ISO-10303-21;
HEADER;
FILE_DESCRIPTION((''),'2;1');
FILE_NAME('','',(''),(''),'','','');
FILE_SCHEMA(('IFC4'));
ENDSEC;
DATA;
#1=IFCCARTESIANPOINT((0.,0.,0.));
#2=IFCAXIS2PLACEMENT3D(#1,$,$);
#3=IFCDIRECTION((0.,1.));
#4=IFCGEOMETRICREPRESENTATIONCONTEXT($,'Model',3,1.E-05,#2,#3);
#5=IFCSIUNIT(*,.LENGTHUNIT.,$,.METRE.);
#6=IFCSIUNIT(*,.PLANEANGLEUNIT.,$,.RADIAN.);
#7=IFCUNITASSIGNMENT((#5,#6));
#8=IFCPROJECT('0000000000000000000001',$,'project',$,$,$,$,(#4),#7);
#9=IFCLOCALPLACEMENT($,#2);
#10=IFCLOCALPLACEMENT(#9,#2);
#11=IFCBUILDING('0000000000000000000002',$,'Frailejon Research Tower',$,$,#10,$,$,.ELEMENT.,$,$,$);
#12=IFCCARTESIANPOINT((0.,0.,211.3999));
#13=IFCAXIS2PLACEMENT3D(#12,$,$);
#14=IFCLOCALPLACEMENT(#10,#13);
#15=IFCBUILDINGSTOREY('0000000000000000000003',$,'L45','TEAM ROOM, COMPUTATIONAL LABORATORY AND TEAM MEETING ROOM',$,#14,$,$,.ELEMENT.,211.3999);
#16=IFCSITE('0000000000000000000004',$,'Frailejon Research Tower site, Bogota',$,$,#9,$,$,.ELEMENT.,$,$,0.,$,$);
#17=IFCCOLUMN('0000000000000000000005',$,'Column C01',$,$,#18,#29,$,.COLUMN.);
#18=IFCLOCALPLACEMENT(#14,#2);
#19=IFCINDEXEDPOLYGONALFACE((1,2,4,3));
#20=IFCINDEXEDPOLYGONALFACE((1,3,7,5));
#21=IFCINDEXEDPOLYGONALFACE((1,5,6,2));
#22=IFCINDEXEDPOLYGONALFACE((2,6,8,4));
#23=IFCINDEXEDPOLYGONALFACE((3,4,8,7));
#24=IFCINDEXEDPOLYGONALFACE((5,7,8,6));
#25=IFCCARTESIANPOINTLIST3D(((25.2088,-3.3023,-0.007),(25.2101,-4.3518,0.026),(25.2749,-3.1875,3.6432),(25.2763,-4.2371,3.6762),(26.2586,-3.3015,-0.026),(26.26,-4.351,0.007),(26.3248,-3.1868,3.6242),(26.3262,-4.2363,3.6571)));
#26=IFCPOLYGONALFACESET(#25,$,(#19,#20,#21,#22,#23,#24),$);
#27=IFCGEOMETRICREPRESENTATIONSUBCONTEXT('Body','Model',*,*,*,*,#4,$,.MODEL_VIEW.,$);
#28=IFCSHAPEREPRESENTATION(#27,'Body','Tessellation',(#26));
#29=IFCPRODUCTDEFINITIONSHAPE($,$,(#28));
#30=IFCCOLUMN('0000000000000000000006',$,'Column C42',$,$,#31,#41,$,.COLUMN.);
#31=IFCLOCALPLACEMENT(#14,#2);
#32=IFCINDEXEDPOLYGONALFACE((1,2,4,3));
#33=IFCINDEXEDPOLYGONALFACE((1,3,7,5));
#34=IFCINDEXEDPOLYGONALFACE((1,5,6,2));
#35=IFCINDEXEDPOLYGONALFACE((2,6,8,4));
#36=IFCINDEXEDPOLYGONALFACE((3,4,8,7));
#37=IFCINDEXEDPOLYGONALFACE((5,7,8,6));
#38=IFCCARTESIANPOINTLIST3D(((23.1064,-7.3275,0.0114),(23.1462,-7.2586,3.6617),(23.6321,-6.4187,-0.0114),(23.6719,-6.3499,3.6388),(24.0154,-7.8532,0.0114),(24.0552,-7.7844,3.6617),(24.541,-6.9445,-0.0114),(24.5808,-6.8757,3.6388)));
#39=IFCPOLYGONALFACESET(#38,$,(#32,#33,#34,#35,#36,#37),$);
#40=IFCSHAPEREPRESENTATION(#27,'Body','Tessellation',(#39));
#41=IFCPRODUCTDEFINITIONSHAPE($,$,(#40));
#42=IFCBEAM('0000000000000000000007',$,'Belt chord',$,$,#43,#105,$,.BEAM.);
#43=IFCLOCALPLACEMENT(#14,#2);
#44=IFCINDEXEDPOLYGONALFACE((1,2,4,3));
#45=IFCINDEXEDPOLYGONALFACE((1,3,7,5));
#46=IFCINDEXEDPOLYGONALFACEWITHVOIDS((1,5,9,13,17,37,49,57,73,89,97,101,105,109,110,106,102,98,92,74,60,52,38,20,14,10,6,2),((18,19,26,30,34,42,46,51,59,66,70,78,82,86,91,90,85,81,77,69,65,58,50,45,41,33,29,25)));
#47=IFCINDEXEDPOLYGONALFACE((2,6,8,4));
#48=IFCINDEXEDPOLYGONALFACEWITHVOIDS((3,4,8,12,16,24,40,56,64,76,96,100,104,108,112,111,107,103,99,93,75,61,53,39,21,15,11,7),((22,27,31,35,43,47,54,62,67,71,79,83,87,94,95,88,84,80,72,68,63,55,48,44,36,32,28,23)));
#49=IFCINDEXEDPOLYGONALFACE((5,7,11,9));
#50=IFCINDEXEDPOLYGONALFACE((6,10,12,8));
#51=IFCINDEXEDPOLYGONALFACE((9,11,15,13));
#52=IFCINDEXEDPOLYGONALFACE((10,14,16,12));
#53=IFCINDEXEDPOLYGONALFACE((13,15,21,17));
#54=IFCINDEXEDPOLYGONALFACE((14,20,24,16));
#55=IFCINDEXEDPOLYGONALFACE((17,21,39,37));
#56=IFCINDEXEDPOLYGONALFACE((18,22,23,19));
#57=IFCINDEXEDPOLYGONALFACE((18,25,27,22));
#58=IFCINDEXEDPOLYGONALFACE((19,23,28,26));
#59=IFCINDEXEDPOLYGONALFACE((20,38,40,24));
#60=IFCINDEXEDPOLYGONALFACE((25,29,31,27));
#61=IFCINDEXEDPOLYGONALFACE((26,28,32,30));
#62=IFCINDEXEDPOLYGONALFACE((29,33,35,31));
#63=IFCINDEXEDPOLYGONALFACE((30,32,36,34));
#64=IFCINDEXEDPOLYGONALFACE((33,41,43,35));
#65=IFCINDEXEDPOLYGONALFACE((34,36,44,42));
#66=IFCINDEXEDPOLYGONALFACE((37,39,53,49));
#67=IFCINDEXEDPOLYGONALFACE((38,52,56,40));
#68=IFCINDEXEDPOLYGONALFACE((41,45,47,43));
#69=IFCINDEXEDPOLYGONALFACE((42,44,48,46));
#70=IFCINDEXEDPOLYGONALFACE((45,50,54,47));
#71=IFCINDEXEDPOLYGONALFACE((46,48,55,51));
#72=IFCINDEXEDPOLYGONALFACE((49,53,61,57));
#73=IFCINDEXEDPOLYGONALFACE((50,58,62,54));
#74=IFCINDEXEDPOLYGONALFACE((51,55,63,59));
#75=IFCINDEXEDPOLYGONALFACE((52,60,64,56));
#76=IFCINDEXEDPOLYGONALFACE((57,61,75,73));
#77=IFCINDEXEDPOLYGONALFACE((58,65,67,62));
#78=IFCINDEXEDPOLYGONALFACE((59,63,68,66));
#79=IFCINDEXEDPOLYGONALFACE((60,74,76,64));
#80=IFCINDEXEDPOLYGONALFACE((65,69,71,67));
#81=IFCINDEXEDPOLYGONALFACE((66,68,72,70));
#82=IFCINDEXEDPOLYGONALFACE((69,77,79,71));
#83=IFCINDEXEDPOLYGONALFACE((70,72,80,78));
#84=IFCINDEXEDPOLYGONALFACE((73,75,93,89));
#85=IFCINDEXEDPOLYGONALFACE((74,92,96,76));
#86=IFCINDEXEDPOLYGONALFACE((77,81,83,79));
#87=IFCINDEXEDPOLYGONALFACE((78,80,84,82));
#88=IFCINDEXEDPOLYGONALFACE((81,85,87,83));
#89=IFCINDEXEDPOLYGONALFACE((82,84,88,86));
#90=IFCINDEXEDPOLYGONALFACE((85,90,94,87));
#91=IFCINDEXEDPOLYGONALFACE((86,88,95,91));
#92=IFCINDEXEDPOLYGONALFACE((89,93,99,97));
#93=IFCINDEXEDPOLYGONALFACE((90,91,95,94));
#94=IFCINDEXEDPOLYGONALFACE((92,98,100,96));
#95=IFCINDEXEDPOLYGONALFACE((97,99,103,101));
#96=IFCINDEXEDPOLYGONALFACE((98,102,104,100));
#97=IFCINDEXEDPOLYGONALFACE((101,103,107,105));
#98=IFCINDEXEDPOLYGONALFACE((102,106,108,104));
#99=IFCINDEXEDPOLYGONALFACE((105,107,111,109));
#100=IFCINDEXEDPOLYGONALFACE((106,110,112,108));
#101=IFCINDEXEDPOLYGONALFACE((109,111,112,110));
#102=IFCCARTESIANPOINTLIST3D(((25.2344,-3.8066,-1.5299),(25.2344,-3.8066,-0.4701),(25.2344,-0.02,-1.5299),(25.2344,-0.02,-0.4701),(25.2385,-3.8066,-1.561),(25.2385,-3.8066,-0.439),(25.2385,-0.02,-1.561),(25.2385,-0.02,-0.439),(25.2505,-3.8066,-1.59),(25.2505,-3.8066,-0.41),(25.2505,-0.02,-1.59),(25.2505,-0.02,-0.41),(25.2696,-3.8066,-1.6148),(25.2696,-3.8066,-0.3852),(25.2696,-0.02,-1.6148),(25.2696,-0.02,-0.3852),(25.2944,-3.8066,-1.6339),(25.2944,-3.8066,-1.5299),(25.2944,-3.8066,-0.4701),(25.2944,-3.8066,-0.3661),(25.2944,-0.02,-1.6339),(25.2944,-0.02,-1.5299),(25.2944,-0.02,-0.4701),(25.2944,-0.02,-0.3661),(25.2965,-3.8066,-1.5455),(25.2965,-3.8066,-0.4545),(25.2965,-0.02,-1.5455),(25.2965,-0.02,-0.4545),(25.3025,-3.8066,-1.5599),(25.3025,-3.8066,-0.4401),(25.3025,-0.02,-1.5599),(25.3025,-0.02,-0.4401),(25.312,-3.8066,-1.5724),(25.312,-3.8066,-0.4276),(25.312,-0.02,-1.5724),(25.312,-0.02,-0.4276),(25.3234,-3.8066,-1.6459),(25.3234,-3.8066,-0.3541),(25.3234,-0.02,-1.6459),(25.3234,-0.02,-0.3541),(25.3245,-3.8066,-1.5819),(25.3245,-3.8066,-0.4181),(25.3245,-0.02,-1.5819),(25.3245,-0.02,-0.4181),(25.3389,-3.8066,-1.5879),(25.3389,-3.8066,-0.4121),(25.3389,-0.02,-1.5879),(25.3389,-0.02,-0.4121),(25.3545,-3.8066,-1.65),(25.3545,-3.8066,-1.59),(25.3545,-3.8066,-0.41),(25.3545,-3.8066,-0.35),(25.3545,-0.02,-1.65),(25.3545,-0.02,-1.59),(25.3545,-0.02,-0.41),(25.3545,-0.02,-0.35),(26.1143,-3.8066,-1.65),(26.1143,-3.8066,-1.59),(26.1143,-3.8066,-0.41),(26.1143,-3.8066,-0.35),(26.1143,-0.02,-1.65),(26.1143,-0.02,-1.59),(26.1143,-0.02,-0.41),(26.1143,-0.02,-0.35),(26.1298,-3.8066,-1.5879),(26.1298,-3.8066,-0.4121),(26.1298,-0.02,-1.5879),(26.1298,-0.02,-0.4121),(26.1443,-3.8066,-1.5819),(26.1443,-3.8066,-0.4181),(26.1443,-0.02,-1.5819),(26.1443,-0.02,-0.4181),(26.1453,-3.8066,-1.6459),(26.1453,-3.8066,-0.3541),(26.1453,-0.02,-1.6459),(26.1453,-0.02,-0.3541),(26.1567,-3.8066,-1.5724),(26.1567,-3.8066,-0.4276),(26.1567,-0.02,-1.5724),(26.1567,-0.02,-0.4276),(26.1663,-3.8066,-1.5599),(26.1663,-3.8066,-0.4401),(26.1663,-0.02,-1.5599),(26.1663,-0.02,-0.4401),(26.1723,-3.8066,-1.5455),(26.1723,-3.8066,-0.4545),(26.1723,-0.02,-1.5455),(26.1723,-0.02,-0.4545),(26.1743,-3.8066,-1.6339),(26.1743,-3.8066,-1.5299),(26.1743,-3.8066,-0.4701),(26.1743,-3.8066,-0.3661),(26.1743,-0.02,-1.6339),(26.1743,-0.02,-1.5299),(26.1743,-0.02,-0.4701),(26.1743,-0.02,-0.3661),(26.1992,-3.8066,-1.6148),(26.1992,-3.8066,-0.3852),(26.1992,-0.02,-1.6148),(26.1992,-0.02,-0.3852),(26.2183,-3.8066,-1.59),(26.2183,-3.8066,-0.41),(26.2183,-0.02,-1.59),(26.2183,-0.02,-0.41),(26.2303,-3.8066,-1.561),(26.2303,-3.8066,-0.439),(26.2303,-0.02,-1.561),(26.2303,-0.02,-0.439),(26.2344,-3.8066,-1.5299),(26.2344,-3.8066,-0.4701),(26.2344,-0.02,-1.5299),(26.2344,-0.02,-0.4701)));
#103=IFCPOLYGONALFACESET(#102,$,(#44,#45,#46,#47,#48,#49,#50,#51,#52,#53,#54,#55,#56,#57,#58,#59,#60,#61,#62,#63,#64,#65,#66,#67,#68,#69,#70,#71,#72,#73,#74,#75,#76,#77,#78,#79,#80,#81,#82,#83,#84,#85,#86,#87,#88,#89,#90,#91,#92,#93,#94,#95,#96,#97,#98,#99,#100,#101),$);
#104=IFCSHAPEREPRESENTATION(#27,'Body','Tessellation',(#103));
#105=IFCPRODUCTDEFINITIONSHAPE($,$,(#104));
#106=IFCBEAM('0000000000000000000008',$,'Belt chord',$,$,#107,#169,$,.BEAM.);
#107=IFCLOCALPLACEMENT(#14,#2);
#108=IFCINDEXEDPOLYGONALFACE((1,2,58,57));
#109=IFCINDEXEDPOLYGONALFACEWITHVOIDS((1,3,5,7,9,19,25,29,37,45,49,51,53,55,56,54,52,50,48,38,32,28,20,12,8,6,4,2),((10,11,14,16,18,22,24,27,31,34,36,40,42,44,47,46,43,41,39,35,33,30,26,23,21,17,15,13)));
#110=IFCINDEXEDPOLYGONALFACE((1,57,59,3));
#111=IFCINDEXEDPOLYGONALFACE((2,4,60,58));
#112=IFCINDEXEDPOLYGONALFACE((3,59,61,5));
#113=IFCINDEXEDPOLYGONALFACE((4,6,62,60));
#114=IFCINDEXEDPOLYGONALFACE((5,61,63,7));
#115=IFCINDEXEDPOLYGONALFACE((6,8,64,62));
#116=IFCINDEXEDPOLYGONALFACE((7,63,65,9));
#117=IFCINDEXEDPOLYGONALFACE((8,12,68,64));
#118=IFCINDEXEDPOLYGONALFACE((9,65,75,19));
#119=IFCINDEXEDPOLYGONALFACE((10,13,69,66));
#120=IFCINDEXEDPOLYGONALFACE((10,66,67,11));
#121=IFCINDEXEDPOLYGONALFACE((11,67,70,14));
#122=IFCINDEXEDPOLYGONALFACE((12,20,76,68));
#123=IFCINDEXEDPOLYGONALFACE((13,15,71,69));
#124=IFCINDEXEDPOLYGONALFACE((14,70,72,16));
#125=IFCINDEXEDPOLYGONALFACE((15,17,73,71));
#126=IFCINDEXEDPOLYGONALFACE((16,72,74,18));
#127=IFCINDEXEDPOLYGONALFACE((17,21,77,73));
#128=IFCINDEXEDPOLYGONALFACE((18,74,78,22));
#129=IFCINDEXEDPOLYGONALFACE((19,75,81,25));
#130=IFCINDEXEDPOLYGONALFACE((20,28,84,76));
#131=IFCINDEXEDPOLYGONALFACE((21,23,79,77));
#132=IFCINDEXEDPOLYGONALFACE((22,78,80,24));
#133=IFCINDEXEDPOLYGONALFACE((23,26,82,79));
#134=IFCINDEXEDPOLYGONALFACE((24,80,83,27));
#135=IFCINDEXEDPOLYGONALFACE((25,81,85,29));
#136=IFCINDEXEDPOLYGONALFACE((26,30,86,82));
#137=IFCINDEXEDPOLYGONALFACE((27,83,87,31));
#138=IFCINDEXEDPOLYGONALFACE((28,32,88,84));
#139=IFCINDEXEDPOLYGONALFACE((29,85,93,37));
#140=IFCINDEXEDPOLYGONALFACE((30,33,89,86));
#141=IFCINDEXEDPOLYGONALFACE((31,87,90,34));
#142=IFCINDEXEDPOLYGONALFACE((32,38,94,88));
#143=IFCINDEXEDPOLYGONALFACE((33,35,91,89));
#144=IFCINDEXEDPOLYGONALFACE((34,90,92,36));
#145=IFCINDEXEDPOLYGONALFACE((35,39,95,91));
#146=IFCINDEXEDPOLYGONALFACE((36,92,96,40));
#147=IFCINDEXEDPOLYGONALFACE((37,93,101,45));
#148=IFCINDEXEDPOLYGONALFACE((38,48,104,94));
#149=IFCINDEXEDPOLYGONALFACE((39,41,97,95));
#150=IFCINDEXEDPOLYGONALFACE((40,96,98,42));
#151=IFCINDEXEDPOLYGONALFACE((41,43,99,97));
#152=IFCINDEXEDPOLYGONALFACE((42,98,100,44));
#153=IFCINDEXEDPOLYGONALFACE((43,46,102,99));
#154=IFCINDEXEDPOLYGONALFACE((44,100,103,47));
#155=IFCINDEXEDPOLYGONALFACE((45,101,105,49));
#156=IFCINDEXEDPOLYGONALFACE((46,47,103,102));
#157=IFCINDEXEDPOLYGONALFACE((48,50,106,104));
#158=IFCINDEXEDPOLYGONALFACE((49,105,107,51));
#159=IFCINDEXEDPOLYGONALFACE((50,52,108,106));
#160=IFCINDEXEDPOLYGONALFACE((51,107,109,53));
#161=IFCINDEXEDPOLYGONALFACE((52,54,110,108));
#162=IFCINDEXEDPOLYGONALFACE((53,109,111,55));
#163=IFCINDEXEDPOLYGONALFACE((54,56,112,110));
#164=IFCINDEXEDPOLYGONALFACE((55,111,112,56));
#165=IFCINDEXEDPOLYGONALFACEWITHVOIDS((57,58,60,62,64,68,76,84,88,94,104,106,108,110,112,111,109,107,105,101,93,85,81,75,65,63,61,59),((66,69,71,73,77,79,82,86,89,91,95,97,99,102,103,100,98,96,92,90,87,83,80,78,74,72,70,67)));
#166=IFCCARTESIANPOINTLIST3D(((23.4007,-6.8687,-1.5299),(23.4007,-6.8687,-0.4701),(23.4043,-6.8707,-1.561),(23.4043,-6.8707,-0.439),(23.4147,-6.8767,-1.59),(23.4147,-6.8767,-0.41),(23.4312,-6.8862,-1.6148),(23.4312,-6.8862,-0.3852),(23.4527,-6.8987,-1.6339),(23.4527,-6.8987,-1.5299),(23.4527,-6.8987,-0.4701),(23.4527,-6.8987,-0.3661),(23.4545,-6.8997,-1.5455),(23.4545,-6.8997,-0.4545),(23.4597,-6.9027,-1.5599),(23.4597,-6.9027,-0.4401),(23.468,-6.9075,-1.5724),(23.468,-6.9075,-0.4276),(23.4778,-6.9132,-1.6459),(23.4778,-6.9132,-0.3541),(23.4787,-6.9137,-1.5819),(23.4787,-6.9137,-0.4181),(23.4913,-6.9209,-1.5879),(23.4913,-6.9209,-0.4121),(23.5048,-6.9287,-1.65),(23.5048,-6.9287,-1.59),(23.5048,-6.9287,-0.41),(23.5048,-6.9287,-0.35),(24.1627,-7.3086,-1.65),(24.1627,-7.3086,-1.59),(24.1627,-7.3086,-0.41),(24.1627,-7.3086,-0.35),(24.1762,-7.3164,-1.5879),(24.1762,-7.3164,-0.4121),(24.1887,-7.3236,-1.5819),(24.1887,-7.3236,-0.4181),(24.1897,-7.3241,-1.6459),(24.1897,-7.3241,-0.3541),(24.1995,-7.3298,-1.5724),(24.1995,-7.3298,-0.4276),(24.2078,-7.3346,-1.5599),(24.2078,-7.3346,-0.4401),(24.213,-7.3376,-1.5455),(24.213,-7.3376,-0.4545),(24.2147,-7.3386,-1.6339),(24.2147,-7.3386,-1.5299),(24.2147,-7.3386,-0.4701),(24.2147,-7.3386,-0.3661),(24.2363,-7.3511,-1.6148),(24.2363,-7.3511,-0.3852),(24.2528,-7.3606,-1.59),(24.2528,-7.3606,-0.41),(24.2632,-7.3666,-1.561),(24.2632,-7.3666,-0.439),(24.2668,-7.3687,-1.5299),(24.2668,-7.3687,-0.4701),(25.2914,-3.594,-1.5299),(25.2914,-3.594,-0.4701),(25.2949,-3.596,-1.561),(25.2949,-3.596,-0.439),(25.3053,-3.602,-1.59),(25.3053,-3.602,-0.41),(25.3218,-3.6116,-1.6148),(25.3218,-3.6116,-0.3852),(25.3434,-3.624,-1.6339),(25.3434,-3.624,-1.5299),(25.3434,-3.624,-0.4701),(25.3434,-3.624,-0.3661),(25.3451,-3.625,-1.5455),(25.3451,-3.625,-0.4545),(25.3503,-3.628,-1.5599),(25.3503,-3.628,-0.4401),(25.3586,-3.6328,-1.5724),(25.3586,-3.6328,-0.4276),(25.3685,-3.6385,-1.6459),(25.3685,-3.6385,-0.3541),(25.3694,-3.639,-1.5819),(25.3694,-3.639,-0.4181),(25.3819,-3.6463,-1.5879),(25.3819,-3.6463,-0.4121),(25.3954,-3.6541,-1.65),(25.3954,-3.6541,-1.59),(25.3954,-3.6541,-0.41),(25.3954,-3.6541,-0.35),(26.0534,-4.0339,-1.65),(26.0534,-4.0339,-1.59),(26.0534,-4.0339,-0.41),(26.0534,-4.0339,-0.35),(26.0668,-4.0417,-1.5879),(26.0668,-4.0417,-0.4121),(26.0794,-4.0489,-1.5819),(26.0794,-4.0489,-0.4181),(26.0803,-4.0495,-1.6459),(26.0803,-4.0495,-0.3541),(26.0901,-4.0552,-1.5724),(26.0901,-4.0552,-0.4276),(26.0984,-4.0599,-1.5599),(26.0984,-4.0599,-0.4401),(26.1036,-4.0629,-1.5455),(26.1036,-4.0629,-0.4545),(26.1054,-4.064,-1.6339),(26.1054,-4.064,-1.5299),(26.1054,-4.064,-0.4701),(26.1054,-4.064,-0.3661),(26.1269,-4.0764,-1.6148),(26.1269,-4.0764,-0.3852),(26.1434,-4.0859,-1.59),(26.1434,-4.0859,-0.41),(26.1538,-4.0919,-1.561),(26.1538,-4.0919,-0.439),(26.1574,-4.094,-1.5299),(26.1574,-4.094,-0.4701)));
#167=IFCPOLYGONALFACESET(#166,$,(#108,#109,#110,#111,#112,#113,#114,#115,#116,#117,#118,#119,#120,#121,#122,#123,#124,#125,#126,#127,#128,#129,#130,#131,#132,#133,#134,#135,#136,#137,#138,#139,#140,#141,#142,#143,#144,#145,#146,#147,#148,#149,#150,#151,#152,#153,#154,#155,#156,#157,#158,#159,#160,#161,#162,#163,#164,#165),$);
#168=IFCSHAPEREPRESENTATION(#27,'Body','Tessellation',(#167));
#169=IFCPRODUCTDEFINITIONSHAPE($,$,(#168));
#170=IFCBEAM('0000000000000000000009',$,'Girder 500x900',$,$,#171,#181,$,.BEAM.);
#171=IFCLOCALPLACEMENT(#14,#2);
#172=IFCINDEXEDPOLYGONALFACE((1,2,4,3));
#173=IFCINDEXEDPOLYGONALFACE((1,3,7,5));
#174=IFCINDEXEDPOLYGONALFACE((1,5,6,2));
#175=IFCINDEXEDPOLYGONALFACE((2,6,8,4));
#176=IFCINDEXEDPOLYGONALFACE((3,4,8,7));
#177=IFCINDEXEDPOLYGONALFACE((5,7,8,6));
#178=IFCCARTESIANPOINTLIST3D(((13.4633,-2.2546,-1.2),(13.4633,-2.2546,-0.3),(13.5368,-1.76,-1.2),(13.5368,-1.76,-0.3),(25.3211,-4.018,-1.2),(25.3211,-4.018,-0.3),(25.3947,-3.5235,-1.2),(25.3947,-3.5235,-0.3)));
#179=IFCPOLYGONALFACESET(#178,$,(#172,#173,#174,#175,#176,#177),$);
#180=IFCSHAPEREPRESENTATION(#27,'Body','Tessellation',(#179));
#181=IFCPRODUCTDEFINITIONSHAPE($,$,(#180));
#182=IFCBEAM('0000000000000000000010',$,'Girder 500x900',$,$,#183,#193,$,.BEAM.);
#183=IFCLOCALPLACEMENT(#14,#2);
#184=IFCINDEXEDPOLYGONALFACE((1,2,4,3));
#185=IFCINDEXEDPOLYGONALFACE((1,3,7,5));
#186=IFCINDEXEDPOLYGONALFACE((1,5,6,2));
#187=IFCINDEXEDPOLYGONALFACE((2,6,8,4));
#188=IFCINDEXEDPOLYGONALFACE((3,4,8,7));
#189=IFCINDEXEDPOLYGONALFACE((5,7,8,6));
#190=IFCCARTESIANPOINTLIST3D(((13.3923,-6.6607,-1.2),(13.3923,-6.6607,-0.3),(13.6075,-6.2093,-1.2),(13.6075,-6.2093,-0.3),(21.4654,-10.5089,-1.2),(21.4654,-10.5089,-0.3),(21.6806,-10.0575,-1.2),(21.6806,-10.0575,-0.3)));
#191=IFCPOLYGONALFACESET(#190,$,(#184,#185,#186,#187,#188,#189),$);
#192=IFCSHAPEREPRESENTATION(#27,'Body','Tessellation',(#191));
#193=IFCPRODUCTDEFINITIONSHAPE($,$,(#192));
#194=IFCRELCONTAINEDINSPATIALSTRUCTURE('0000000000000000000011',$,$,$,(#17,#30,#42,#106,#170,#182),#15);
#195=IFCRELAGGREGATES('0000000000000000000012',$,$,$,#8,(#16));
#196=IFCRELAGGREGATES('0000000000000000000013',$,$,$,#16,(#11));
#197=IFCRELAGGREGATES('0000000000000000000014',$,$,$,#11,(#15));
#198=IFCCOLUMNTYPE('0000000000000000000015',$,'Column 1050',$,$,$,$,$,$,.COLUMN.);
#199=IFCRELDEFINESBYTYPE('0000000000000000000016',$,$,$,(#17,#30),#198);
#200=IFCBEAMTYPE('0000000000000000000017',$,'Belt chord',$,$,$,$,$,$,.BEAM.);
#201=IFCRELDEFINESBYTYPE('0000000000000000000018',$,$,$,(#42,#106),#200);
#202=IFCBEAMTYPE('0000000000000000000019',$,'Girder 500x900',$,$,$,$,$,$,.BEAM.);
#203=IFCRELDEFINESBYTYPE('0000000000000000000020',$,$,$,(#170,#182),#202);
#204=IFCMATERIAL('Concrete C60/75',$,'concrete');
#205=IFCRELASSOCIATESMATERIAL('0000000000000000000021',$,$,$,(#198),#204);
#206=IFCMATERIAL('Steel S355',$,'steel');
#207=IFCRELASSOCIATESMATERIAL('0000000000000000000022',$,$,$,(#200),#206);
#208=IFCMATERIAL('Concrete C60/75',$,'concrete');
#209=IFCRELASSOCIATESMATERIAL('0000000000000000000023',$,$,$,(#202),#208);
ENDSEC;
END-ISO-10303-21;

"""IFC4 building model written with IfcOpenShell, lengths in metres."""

from ifc_helpers import new_model, si_unit, direction, frame, origin, origin_2d, place, context, subcontext, project, spatial, rectangle, hollow_rectangle, extrude, material, material_profile, profile_set, type_object, element, save


model = new_model("IFC4")

# Units and contexts
model_context = context("Model", 3, precision=1e-05, world=origin(), true_north=direction((0.0, 1.0)))
body_context = subcontext(model_context, "Body", "Model", "MODEL_VIEW")
ifc_project = project(units=[si_unit("LENGTHUNIT", "METRE"), si_unit("PLANEANGLEUNIT", "RADIAN")], contexts=[model_context])

# Site, building, storey
site_placement = place(None, origin())
site = spatial("IfcSite", under=ifc_project, at=site_placement, Name="Frailejon Research Tower site, Bogota", CompositionType="ELEMENT", RefElevation=0.0)
building_placement = place(site_placement, origin())
building = spatial("IfcBuilding", under=site, at=building_placement, Name="Frailejon Research Tower", CompositionType="ELEMENT")
storey_placement = place(building_placement, frame((0.0, 0.0, 211.3999)))
storey = spatial("IfcBuildingStorey", under=building, at=storey_placement, Name="L45", Description="TEAM ROOM, COMPUTATIONAL LABORATORY AND TEAM MEETING ROOM", CompositionType="ELEMENT", Elevation=211.3999)

# Columns
ifc_material_1 = material(Name="Concrete C60/75", Category="concrete")
ifc_material_profile_1 = material_profile(ifc_material_1, rectangle(XDim=1.05, YDim=1.05, at=origin_2d()), Name="Column 1050")
ifc_profile_set_1 = profile_set([ifc_material_profile_1], Name="Concrete C60/75")
column_type = type_object("IfcColumnType", Name="Column 1050", PredefinedType="COLUMN", material=ifc_profile_set_1)
column_1_placement = place(storey_placement, frame((25.7344, -3.8267, 0.0), z_axis=(0.018114, 0.031415, 0.999342), x_axis=(-0.001297, 0.999506, -0.031397)))
element("IfcColumn", 1, at=column_1_placement, inside=storey, type_object=column_type, Name="Column C01", PredefinedType="COLUMN", context=body_context, shape_type="SweptSolid", body=[
    extrude(rectangle(XDim=1.05, YDim=1.05, at=origin_2d()), origin(), (0.0, 0.0, 1.0), 3.6526),
])
column_2_placement = place(storey_placement, frame((23.8237, -7.136, 0.0), z_axis=(0.0109, 0.018857, 0.999763), x_axis=(0.50059, 0.86541, -0.021781)))
element("IfcColumn", 2, at=column_2_placement, inside=storey, type_object=column_type, Name="Column C42", PredefinedType="COLUMN", context=body_context, shape_type="SweptSolid", body=[
    extrude(rectangle(XDim=1.05, YDim=1.05, at=origin_2d()), origin(), (0.0, 0.0, 1.0), 3.6511),
])

# Beams
ifc_material_2 = material(Name="Steel S355", Category="steel")
ifc_material_profile_2 = material_profile(ifc_material_2, hollow_rectangle(XDim=1.0, YDim=1.3, WallThickness=0.0601, InnerFilletRadius=0.0601, OuterFilletRadius=0.1201, at=origin_2d()), Name="Belt chord")
ifc_profile_set_2 = profile_set([ifc_material_profile_2], Name="Steel S355")
beam_type_1 = type_object("IfcBeamType", Name="Belt chord", PredefinedType="BEAM", material=ifc_profile_set_2)
beam_1_placement = place(storey_placement, frame((25.7344, -3.8066, -1.0), z_axis=(0.0, 1.0, 0.0), x_axis=(-1.0, 0.0, 0.0)))
element("IfcBeam", 3, at=beam_1_placement, inside=storey, type_object=beam_type_1, Name="Belt chord", PredefinedType="BEAM", context=body_context, shape_type="SweptSolid", body=[
    extrude(hollow_rectangle(XDim=1.0, YDim=1.3, WallThickness=0.0601, InnerFilletRadius=0.0601, OuterFilletRadius=0.1201, at=origin_2d()), origin(), (0.0, 0.0, 1.0), 3.7866),
])
beam_2_placement = place(storey_placement, frame((23.8337, -7.1187, -1.0), z_axis=(0.5, 0.866025, 0.0), x_axis=(-0.866025, 0.5, 0.0)))
element("IfcBeam", 4, at=beam_2_placement, inside=storey, type_object=beam_type_1, Name="Belt chord", PredefinedType="BEAM", context=body_context, shape_type="SweptSolid", body=[
    extrude(hollow_rectangle(XDim=1.0, YDim=1.3, WallThickness=0.0601, InnerFilletRadius=0.0601, OuterFilletRadius=0.1201, at=origin_2d()), origin(), (0.0, 0.0, 1.0), 3.7812),
])
ifc_material_3 = material(Name="Concrete C60/75", Category="concrete")
ifc_material_profile_3 = material_profile(ifc_material_3, rectangle(XDim=0.5, YDim=0.8999, at=origin_2d()), Name="Girder 500x900")
ifc_profile_set_3 = profile_set([ifc_material_profile_3], Name="Concrete C60/75")
beam_type_2 = type_object("IfcBeamType", Name="Girder 500x900", PredefinedType="BEAM", material=ifc_profile_set_3)
beam_3_placement = place(storey_placement, frame((25.3579, -3.7708, -0.75), z_axis=(-0.989122, 0.147096, 0.0), x_axis=(-0.147096, -0.989122, 0.0)))
element("IfcBeam", 5, at=beam_3_placement, inside=storey, type_object=beam_type_2, Name="Girder 500x900", PredefinedType="BEAM", context=body_context, shape_type="SweptSolid", body=[
    extrude(rectangle(XDim=0.5, YDim=0.8999, at=origin_2d()), origin(), (0.0, 0.0, 1.0), 11.9883),
])
beam_4_placement = place(storey_placement, frame((21.573, -10.2832, -0.75), z_axis=(-0.902693, 0.430285, 0.0), x_axis=(-0.430285, -0.902693, 0.0)))
element("IfcBeam", 6, at=beam_4_placement, inside=storey, type_object=beam_type_2, Name="Girder 500x900", PredefinedType="BEAM", context=body_context, shape_type="SweptSolid", body=[
    extrude(rectangle(XDim=0.5, YDim=0.8999, at=origin_2d()), origin(), (0.0, 0.0, 1.0), 8.9434),
])

save(model, "model.ifc")
